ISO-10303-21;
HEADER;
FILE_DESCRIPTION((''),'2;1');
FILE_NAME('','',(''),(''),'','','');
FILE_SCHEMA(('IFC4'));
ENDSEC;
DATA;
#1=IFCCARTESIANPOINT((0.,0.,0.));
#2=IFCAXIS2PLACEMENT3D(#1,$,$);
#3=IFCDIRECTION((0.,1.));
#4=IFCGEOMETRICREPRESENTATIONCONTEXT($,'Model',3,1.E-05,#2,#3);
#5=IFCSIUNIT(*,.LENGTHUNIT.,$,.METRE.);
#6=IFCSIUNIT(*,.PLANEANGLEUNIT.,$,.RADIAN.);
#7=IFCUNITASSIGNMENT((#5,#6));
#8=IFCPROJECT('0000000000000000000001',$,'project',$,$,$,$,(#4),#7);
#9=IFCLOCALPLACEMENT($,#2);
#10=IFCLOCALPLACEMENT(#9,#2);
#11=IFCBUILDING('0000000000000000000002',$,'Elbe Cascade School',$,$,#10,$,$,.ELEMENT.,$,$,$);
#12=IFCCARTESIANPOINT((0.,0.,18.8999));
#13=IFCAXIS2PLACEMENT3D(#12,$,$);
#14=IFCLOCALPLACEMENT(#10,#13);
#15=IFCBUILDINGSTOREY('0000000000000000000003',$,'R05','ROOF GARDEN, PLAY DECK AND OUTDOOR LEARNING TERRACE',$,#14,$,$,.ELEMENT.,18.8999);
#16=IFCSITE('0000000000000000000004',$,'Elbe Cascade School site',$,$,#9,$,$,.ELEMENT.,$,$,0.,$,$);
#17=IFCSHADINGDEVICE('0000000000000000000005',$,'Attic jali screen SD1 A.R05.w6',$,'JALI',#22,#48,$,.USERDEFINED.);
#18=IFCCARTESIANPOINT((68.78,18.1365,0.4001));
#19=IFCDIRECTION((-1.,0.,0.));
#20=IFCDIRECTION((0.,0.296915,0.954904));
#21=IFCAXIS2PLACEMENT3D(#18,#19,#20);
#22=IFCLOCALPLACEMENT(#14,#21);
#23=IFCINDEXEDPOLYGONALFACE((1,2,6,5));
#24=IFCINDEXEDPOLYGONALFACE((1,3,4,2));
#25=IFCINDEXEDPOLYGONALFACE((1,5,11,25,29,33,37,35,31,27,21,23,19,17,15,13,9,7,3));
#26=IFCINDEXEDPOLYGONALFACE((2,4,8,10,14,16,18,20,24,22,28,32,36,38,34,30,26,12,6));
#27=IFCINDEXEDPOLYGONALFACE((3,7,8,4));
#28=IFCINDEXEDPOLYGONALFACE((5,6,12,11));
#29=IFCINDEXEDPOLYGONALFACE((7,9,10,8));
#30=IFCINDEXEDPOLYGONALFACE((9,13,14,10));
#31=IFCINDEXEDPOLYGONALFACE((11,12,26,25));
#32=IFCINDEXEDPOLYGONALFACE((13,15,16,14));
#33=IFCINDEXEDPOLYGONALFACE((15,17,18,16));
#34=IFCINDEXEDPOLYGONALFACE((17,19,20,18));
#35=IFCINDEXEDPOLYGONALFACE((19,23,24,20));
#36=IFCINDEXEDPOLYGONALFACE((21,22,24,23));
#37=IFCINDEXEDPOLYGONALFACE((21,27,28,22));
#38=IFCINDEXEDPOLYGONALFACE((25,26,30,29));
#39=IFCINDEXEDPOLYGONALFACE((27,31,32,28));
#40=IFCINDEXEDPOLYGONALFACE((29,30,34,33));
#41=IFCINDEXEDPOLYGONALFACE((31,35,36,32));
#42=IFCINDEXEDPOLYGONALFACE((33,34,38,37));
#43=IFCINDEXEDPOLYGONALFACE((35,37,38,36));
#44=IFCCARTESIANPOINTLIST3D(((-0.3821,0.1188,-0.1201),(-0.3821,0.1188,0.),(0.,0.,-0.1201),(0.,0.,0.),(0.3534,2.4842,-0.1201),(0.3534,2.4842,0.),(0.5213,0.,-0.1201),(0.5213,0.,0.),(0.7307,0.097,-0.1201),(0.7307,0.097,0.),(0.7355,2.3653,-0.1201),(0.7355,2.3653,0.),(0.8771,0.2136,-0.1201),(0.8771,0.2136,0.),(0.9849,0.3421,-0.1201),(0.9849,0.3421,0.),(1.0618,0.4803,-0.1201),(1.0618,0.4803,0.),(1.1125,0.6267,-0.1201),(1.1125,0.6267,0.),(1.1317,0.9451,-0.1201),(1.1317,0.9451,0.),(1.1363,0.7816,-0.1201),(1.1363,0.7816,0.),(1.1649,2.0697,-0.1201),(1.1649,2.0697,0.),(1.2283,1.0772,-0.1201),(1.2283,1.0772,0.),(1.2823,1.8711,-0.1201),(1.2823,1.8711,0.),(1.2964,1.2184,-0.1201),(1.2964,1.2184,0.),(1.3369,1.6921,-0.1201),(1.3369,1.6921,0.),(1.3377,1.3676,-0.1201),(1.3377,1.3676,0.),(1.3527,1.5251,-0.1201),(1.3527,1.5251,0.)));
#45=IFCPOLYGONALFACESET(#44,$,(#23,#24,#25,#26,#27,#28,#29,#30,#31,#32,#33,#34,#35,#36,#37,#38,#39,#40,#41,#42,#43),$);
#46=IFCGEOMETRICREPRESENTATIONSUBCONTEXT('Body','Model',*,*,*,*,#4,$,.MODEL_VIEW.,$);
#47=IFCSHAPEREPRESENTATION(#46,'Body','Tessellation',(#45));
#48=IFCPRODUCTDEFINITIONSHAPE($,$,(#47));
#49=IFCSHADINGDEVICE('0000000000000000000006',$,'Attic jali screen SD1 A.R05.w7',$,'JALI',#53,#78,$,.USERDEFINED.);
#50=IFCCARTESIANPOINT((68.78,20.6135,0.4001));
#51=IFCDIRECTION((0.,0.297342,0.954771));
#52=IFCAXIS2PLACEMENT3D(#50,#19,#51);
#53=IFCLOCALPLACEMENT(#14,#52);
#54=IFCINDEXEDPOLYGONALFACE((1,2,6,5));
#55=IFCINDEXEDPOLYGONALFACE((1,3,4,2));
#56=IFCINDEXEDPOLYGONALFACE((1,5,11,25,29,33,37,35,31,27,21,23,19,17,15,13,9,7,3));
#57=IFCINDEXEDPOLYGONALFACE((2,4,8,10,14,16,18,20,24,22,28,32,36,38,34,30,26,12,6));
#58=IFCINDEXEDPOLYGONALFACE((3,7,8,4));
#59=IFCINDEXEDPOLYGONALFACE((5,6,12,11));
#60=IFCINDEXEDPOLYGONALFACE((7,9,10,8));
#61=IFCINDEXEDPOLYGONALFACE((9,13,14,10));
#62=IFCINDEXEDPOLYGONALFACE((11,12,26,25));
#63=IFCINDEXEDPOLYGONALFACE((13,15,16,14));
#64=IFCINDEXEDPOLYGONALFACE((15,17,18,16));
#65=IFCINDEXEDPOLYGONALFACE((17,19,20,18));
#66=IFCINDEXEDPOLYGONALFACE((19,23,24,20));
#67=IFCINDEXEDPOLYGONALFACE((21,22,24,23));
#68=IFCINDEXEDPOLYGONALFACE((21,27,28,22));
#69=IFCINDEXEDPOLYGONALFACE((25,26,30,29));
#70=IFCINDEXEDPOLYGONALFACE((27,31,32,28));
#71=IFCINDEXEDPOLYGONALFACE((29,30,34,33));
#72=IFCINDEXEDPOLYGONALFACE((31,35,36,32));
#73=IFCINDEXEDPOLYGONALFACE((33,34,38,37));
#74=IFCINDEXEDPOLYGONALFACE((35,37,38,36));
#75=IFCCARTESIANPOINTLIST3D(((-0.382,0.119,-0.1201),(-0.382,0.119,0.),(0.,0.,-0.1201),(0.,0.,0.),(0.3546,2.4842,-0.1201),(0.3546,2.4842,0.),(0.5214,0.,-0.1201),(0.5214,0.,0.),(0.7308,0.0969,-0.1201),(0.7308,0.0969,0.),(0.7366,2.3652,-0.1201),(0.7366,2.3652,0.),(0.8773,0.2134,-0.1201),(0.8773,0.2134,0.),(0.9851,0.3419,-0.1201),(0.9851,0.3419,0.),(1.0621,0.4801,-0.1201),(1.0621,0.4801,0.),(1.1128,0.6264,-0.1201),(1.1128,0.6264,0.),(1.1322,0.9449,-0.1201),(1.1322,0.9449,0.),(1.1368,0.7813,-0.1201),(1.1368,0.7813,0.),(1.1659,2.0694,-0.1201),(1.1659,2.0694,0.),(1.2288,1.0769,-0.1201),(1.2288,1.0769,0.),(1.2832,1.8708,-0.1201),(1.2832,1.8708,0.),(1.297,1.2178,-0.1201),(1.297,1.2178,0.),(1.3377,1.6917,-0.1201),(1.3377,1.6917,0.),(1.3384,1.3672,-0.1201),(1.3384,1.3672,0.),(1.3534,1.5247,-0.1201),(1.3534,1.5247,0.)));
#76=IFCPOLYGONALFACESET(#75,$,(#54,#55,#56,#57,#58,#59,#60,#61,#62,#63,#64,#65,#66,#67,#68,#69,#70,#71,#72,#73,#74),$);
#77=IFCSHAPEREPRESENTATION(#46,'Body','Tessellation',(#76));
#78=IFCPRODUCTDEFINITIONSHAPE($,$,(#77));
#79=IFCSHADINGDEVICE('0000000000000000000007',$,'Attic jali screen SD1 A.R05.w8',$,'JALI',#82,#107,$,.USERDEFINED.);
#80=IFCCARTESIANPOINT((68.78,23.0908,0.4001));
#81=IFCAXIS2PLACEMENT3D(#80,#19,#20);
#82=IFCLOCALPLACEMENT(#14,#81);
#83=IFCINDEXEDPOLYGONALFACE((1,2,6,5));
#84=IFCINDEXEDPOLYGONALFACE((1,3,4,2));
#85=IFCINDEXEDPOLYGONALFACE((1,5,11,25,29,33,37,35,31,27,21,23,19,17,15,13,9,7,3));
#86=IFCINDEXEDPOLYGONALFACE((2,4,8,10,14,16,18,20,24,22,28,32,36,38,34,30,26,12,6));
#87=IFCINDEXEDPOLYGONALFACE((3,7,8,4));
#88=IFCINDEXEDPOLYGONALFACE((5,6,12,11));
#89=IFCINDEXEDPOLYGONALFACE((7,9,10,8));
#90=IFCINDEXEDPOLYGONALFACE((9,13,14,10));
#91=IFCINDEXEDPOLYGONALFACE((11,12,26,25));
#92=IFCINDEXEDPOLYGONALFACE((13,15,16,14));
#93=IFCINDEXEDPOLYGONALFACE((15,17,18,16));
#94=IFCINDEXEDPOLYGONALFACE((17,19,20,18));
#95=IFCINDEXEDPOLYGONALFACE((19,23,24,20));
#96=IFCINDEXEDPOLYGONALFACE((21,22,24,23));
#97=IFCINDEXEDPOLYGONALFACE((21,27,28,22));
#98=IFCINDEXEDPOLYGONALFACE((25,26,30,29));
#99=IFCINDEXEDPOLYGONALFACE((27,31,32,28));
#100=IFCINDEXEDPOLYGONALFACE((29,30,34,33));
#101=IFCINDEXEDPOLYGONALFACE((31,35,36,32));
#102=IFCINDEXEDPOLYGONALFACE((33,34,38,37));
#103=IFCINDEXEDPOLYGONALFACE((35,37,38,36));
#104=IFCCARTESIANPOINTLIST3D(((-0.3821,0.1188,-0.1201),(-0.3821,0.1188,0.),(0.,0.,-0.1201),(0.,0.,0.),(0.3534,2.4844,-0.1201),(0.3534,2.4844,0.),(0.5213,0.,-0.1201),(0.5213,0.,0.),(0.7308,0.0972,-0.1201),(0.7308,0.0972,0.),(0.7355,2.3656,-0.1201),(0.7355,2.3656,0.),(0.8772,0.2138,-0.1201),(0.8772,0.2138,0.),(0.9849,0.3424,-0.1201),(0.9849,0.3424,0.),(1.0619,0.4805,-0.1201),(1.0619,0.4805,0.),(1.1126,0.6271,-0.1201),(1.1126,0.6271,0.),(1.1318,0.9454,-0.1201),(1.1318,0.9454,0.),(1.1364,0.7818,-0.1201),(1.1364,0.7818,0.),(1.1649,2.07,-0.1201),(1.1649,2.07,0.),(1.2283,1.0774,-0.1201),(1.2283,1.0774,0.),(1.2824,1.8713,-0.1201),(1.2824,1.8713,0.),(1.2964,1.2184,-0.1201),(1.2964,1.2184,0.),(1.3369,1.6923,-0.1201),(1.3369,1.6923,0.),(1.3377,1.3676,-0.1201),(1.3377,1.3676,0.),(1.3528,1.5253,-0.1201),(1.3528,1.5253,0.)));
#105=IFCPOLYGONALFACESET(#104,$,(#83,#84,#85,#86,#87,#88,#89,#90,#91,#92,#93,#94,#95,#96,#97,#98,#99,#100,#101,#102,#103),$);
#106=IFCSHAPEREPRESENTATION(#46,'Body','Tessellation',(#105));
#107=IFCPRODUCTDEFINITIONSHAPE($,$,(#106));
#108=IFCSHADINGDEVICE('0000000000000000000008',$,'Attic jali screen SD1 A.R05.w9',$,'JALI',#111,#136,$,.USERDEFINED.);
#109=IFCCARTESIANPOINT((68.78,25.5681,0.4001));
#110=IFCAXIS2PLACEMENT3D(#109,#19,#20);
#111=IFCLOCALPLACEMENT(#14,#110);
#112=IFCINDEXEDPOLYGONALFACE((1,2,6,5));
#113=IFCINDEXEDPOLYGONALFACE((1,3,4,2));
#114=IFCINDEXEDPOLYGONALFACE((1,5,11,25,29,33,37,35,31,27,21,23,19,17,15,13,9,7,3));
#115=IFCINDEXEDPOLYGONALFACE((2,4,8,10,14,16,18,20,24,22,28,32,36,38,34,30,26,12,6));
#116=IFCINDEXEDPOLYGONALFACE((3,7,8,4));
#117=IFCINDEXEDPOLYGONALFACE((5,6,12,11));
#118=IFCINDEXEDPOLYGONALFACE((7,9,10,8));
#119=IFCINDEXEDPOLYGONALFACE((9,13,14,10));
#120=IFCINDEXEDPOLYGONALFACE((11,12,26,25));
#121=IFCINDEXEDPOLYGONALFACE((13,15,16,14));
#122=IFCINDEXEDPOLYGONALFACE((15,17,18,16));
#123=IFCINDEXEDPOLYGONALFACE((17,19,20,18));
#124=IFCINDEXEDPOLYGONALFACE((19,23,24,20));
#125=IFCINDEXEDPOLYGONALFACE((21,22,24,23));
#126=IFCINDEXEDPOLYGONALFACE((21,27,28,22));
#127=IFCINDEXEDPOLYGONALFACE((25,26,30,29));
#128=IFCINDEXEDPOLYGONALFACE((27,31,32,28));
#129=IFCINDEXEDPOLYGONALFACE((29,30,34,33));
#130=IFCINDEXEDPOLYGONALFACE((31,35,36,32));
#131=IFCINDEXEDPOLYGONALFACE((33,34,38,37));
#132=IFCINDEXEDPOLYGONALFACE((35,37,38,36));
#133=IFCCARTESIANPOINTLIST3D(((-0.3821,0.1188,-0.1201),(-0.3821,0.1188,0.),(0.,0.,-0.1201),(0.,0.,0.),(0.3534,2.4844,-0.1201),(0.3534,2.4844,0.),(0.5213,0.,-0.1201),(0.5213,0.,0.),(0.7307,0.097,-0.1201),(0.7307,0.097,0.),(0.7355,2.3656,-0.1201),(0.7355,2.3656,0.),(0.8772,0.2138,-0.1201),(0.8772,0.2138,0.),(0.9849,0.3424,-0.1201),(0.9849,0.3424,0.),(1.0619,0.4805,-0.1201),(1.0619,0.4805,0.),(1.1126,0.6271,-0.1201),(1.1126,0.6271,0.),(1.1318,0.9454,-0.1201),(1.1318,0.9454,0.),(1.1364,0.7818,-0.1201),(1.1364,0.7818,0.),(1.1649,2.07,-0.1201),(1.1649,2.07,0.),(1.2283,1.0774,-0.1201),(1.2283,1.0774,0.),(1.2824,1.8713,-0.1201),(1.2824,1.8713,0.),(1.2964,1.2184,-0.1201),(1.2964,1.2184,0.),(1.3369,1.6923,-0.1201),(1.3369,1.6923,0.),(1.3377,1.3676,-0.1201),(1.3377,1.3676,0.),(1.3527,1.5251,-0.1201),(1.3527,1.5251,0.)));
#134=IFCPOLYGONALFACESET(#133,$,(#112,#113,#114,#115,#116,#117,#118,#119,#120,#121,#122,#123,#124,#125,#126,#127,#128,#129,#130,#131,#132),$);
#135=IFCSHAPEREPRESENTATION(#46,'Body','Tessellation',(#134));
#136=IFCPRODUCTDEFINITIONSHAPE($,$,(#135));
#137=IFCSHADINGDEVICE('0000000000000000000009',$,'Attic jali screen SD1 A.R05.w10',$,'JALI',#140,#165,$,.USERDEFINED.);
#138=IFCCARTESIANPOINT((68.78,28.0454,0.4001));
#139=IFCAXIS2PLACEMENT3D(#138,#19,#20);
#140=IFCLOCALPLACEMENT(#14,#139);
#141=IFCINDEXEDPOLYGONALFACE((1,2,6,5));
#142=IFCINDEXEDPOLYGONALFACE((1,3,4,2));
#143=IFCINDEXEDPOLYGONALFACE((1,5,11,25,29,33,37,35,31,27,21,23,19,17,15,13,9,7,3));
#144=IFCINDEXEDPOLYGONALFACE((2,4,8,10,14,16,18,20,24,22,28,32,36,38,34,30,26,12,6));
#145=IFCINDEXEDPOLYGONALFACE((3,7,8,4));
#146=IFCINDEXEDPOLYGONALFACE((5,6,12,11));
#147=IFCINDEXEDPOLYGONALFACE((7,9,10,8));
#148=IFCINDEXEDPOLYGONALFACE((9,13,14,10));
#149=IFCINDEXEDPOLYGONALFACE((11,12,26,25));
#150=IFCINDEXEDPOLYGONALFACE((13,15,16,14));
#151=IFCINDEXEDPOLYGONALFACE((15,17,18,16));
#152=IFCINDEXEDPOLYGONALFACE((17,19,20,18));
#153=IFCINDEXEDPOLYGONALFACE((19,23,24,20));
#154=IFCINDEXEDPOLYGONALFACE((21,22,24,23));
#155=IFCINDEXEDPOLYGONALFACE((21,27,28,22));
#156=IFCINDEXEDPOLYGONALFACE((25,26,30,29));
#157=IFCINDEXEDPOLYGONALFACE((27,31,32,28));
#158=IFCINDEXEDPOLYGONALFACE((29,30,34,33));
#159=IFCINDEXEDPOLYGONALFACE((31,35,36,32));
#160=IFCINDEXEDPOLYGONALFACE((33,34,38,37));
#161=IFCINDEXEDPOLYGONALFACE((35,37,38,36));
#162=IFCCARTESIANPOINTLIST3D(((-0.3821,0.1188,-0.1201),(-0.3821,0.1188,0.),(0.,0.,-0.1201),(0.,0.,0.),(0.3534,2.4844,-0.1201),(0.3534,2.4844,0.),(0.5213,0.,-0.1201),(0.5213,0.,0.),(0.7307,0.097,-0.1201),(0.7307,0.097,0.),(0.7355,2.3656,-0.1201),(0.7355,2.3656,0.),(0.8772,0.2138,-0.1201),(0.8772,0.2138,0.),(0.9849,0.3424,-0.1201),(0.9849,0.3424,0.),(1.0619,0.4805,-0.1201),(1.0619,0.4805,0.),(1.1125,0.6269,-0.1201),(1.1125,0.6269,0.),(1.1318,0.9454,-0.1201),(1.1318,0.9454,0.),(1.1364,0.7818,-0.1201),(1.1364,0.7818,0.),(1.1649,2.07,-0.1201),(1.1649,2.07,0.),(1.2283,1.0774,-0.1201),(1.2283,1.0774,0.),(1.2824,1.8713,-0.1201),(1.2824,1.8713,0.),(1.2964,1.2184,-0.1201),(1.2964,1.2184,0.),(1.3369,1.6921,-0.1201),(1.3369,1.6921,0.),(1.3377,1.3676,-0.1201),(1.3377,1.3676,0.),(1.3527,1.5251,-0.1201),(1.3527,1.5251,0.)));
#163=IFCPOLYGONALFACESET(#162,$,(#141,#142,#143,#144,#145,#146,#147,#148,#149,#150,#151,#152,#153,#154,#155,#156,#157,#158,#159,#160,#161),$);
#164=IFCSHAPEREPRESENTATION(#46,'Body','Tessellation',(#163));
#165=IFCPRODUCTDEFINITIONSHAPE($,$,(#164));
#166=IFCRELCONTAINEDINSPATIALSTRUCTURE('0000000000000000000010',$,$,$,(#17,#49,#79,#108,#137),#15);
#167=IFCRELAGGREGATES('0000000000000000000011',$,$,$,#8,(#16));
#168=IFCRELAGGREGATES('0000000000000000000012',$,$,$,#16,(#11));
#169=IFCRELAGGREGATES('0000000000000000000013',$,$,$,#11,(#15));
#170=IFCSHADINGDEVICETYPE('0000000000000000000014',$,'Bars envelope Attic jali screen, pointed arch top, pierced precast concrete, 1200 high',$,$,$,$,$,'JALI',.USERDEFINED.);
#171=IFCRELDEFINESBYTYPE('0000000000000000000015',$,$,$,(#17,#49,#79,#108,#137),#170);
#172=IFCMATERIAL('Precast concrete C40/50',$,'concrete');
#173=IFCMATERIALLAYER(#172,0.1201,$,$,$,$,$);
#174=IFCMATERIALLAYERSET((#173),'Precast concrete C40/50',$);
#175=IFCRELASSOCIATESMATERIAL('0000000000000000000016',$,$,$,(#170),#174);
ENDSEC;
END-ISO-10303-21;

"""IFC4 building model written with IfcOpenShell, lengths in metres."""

from ifc_helpers import new_model, si_unit, direction, frame, origin, place, context, subcontext, project, spatial, polyline, outline, extrude, material, layer, layer_set, type_object, element, save


model = new_model("IFC4")

# Units and contexts
model_context = context("Model", 3, precision=1e-05, world=origin(), true_north=direction((0.0, 1.0)))
body_context = subcontext(model_context, "Body", "Model", "MODEL_VIEW")
ifc_project = project(units=[si_unit("LENGTHUNIT", "METRE"), si_unit("PLANEANGLEUNIT", "RADIAN")], contexts=[model_context])

# Site, building, storey
site_placement = place(None, origin())
site = spatial("IfcSite", under=ifc_project, at=site_placement, Name="Elbe Cascade School site", CompositionType="ELEMENT", RefElevation=0.0)
building_placement = place(site_placement, origin())
building = spatial("IfcBuilding", under=site, at=building_placement, Name="Elbe Cascade School", CompositionType="ELEMENT")
storey_placement = place(building_placement, frame((0.0, 0.0, 18.8999)))
storey = spatial("IfcBuildingStorey", under=building, at=storey_placement, Name="R05", Description="ROOF GARDEN, PLAY DECK AND OUTDOOR LEARNING TERRACE", CompositionType="ELEMENT", Elevation=18.8999)

# Shading devices
ifc_material_1 = material(Name="Precast concrete C40/50", Category="concrete")
ifc_layer_1 = layer(ifc_material_1, 0.1201)
ifc_layer_set_1 = layer_set([ifc_layer_1], Name="Precast concrete C40/50")
shading_device_type = type_object("IfcShadingDeviceType", Name="Bars envelope Attic jali screen, pointed arch top, pierced precast concrete, 1200 high", ElementType="JALI", PredefinedType="USERDEFINED", material=ifc_layer_set_1)
shading_device_1_placement = place(storey_placement, frame((68.78, 18.1365, 0.4001), z_axis=(-1.0, 0.0, 0.0), x_axis=(0.0, 0.296915, 0.954904)))
element("IfcShadingDevice", 1, at=shading_device_1_placement, inside=storey, type_object=shading_device_type, Name="Attic jali screen SD1 A.R05.w6", ObjectType="JALI", PredefinedType="USERDEFINED", context=body_context, shape_type="SweptSolid", body=[
    extrude(outline(polyline([(0.0, 0.0), (0.5213, 0.0), (0.7307, 0.097), (0.8771, 0.2136), (0.9849, 0.3421), (1.0618, 0.4803), (1.1125, 0.6267), (1.1363, 0.7816), (1.1317, 0.9451), (1.2283, 1.0772), (1.2964, 1.2184), (1.3377, 1.3676), (1.3527, 1.5251), (1.3369, 1.6921), (1.2823, 1.8711), (1.1649, 2.0697), (0.7355, 2.3653), (0.3534, 2.4842), (-0.3821, 0.1188), (0.0, 0.0)])), origin(), (0.0, 0.0, -1.0), 0.1201),
])
shading_device_2_placement = place(storey_placement, frame((68.78, 20.6135, 0.4001), z_axis=(-1.0, 0.0, 0.0), x_axis=(0.0, 0.297342, 0.954771)))
element("IfcShadingDevice", 2, at=shading_device_2_placement, inside=storey, type_object=shading_device_type, Name="Attic jali screen SD1 A.R05.w7", ObjectType="JALI", PredefinedType="USERDEFINED", context=body_context, shape_type="SweptSolid", body=[
    extrude(outline(polyline([(0.0, 0.0), (0.5214, 0.0), (0.7308, 0.0969), (0.8773, 0.2134), (0.9851, 0.3419), (1.0621, 0.4801), (1.1128, 0.6264), (1.1368, 0.7813), (1.1322, 0.9449), (1.2288, 1.0769), (1.297, 1.2178), (1.3384, 1.3672), (1.3534, 1.5247), (1.3377, 1.6917), (1.2832, 1.8708), (1.1659, 2.0694), (0.7366, 2.3652), (0.3546, 2.4842), (-0.382, 0.119), (0.0, 0.0)])), origin(), (0.0, 0.0, -1.0), 0.1201),
])
shading_device_3_placement = place(storey_placement, frame((68.78, 23.0908, 0.4001), z_axis=(-1.0, 0.0, 0.0), x_axis=(0.0, 0.296915, 0.954904)))
element("IfcShadingDevice", 3, at=shading_device_3_placement, inside=storey, type_object=shading_device_type, Name="Attic jali screen SD1 A.R05.w8", ObjectType="JALI", PredefinedType="USERDEFINED", context=body_context, shape_type="SweptSolid", body=[
    extrude(outline(polyline([(0.0, 0.0), (0.5213, 0.0), (0.7308, 0.0972), (0.8772, 0.2138), (0.9849, 0.3424), (1.0619, 0.4805), (1.1126, 0.6271), (1.1364, 0.7818), (1.1318, 0.9454), (1.2283, 1.0774), (1.2964, 1.2184), (1.3377, 1.3676), (1.3528, 1.5253), (1.3369, 1.6923), (1.2824, 1.8713), (1.1649, 2.07), (0.7355, 2.3656), (0.3534, 2.4844), (-0.3821, 0.1188), (0.0, 0.0)])), origin(), (0.0, 0.0, -1.0), 0.1201),
])
shading_device_4_placement = place(storey_placement, frame((68.78, 25.5681, 0.4001), z_axis=(-1.0, 0.0, 0.0), x_axis=(0.0, 0.296915, 0.954904)))
element("IfcShadingDevice", 4, at=shading_device_4_placement, inside=storey, type_object=shading_device_type, Name="Attic jali screen SD1 A.R05.w9", ObjectType="JALI", PredefinedType="USERDEFINED", context=body_context, shape_type="SweptSolid", body=[
    extrude(outline(polyline([(0.0, 0.0), (0.5213, 0.0), (0.7307, 0.097), (0.8772, 0.2138), (0.9849, 0.3424), (1.0619, 0.4805), (1.1126, 0.6271), (1.1364, 0.7818), (1.1318, 0.9454), (1.2283, 1.0774), (1.2964, 1.2184), (1.3377, 1.3676), (1.3527, 1.5251), (1.3369, 1.6923), (1.2824, 1.8713), (1.1649, 2.07), (0.7355, 2.3656), (0.3534, 2.4844), (-0.3821, 0.1188), (0.0, 0.0)])), origin(), (0.0, 0.0, -1.0), 0.1201),
])
shading_device_5_placement = place(storey_placement, frame((68.78, 28.0454, 0.4001), z_axis=(-1.0, 0.0, 0.0), x_axis=(0.0, 0.296915, 0.954904)))
element("IfcShadingDevice", 5, at=shading_device_5_placement, inside=storey, type_object=shading_device_type, Name="Attic jali screen SD1 A.R05.w10", ObjectType="JALI", PredefinedType="USERDEFINED", context=body_context, shape_type="SweptSolid", body=[
    extrude(outline(polyline([(0.0, 0.0), (0.5213, 0.0), (0.7307, 0.097), (0.8772, 0.2138), (0.9849, 0.3424), (1.0619, 0.4805), (1.1125, 0.6269), (1.1364, 0.7818), (1.1318, 0.9454), (1.2283, 1.0774), (1.2964, 1.2184), (1.3377, 1.3676), (1.3527, 1.5251), (1.3369, 1.6921), (1.2824, 1.8713), (1.1649, 2.07), (0.7355, 2.3656), (0.3534, 2.4844), (-0.3821, 0.1188), (0.0, 0.0)])), origin(), (0.0, 0.0, -1.0), 0.1201),
])

save(model, "model.ifc")
